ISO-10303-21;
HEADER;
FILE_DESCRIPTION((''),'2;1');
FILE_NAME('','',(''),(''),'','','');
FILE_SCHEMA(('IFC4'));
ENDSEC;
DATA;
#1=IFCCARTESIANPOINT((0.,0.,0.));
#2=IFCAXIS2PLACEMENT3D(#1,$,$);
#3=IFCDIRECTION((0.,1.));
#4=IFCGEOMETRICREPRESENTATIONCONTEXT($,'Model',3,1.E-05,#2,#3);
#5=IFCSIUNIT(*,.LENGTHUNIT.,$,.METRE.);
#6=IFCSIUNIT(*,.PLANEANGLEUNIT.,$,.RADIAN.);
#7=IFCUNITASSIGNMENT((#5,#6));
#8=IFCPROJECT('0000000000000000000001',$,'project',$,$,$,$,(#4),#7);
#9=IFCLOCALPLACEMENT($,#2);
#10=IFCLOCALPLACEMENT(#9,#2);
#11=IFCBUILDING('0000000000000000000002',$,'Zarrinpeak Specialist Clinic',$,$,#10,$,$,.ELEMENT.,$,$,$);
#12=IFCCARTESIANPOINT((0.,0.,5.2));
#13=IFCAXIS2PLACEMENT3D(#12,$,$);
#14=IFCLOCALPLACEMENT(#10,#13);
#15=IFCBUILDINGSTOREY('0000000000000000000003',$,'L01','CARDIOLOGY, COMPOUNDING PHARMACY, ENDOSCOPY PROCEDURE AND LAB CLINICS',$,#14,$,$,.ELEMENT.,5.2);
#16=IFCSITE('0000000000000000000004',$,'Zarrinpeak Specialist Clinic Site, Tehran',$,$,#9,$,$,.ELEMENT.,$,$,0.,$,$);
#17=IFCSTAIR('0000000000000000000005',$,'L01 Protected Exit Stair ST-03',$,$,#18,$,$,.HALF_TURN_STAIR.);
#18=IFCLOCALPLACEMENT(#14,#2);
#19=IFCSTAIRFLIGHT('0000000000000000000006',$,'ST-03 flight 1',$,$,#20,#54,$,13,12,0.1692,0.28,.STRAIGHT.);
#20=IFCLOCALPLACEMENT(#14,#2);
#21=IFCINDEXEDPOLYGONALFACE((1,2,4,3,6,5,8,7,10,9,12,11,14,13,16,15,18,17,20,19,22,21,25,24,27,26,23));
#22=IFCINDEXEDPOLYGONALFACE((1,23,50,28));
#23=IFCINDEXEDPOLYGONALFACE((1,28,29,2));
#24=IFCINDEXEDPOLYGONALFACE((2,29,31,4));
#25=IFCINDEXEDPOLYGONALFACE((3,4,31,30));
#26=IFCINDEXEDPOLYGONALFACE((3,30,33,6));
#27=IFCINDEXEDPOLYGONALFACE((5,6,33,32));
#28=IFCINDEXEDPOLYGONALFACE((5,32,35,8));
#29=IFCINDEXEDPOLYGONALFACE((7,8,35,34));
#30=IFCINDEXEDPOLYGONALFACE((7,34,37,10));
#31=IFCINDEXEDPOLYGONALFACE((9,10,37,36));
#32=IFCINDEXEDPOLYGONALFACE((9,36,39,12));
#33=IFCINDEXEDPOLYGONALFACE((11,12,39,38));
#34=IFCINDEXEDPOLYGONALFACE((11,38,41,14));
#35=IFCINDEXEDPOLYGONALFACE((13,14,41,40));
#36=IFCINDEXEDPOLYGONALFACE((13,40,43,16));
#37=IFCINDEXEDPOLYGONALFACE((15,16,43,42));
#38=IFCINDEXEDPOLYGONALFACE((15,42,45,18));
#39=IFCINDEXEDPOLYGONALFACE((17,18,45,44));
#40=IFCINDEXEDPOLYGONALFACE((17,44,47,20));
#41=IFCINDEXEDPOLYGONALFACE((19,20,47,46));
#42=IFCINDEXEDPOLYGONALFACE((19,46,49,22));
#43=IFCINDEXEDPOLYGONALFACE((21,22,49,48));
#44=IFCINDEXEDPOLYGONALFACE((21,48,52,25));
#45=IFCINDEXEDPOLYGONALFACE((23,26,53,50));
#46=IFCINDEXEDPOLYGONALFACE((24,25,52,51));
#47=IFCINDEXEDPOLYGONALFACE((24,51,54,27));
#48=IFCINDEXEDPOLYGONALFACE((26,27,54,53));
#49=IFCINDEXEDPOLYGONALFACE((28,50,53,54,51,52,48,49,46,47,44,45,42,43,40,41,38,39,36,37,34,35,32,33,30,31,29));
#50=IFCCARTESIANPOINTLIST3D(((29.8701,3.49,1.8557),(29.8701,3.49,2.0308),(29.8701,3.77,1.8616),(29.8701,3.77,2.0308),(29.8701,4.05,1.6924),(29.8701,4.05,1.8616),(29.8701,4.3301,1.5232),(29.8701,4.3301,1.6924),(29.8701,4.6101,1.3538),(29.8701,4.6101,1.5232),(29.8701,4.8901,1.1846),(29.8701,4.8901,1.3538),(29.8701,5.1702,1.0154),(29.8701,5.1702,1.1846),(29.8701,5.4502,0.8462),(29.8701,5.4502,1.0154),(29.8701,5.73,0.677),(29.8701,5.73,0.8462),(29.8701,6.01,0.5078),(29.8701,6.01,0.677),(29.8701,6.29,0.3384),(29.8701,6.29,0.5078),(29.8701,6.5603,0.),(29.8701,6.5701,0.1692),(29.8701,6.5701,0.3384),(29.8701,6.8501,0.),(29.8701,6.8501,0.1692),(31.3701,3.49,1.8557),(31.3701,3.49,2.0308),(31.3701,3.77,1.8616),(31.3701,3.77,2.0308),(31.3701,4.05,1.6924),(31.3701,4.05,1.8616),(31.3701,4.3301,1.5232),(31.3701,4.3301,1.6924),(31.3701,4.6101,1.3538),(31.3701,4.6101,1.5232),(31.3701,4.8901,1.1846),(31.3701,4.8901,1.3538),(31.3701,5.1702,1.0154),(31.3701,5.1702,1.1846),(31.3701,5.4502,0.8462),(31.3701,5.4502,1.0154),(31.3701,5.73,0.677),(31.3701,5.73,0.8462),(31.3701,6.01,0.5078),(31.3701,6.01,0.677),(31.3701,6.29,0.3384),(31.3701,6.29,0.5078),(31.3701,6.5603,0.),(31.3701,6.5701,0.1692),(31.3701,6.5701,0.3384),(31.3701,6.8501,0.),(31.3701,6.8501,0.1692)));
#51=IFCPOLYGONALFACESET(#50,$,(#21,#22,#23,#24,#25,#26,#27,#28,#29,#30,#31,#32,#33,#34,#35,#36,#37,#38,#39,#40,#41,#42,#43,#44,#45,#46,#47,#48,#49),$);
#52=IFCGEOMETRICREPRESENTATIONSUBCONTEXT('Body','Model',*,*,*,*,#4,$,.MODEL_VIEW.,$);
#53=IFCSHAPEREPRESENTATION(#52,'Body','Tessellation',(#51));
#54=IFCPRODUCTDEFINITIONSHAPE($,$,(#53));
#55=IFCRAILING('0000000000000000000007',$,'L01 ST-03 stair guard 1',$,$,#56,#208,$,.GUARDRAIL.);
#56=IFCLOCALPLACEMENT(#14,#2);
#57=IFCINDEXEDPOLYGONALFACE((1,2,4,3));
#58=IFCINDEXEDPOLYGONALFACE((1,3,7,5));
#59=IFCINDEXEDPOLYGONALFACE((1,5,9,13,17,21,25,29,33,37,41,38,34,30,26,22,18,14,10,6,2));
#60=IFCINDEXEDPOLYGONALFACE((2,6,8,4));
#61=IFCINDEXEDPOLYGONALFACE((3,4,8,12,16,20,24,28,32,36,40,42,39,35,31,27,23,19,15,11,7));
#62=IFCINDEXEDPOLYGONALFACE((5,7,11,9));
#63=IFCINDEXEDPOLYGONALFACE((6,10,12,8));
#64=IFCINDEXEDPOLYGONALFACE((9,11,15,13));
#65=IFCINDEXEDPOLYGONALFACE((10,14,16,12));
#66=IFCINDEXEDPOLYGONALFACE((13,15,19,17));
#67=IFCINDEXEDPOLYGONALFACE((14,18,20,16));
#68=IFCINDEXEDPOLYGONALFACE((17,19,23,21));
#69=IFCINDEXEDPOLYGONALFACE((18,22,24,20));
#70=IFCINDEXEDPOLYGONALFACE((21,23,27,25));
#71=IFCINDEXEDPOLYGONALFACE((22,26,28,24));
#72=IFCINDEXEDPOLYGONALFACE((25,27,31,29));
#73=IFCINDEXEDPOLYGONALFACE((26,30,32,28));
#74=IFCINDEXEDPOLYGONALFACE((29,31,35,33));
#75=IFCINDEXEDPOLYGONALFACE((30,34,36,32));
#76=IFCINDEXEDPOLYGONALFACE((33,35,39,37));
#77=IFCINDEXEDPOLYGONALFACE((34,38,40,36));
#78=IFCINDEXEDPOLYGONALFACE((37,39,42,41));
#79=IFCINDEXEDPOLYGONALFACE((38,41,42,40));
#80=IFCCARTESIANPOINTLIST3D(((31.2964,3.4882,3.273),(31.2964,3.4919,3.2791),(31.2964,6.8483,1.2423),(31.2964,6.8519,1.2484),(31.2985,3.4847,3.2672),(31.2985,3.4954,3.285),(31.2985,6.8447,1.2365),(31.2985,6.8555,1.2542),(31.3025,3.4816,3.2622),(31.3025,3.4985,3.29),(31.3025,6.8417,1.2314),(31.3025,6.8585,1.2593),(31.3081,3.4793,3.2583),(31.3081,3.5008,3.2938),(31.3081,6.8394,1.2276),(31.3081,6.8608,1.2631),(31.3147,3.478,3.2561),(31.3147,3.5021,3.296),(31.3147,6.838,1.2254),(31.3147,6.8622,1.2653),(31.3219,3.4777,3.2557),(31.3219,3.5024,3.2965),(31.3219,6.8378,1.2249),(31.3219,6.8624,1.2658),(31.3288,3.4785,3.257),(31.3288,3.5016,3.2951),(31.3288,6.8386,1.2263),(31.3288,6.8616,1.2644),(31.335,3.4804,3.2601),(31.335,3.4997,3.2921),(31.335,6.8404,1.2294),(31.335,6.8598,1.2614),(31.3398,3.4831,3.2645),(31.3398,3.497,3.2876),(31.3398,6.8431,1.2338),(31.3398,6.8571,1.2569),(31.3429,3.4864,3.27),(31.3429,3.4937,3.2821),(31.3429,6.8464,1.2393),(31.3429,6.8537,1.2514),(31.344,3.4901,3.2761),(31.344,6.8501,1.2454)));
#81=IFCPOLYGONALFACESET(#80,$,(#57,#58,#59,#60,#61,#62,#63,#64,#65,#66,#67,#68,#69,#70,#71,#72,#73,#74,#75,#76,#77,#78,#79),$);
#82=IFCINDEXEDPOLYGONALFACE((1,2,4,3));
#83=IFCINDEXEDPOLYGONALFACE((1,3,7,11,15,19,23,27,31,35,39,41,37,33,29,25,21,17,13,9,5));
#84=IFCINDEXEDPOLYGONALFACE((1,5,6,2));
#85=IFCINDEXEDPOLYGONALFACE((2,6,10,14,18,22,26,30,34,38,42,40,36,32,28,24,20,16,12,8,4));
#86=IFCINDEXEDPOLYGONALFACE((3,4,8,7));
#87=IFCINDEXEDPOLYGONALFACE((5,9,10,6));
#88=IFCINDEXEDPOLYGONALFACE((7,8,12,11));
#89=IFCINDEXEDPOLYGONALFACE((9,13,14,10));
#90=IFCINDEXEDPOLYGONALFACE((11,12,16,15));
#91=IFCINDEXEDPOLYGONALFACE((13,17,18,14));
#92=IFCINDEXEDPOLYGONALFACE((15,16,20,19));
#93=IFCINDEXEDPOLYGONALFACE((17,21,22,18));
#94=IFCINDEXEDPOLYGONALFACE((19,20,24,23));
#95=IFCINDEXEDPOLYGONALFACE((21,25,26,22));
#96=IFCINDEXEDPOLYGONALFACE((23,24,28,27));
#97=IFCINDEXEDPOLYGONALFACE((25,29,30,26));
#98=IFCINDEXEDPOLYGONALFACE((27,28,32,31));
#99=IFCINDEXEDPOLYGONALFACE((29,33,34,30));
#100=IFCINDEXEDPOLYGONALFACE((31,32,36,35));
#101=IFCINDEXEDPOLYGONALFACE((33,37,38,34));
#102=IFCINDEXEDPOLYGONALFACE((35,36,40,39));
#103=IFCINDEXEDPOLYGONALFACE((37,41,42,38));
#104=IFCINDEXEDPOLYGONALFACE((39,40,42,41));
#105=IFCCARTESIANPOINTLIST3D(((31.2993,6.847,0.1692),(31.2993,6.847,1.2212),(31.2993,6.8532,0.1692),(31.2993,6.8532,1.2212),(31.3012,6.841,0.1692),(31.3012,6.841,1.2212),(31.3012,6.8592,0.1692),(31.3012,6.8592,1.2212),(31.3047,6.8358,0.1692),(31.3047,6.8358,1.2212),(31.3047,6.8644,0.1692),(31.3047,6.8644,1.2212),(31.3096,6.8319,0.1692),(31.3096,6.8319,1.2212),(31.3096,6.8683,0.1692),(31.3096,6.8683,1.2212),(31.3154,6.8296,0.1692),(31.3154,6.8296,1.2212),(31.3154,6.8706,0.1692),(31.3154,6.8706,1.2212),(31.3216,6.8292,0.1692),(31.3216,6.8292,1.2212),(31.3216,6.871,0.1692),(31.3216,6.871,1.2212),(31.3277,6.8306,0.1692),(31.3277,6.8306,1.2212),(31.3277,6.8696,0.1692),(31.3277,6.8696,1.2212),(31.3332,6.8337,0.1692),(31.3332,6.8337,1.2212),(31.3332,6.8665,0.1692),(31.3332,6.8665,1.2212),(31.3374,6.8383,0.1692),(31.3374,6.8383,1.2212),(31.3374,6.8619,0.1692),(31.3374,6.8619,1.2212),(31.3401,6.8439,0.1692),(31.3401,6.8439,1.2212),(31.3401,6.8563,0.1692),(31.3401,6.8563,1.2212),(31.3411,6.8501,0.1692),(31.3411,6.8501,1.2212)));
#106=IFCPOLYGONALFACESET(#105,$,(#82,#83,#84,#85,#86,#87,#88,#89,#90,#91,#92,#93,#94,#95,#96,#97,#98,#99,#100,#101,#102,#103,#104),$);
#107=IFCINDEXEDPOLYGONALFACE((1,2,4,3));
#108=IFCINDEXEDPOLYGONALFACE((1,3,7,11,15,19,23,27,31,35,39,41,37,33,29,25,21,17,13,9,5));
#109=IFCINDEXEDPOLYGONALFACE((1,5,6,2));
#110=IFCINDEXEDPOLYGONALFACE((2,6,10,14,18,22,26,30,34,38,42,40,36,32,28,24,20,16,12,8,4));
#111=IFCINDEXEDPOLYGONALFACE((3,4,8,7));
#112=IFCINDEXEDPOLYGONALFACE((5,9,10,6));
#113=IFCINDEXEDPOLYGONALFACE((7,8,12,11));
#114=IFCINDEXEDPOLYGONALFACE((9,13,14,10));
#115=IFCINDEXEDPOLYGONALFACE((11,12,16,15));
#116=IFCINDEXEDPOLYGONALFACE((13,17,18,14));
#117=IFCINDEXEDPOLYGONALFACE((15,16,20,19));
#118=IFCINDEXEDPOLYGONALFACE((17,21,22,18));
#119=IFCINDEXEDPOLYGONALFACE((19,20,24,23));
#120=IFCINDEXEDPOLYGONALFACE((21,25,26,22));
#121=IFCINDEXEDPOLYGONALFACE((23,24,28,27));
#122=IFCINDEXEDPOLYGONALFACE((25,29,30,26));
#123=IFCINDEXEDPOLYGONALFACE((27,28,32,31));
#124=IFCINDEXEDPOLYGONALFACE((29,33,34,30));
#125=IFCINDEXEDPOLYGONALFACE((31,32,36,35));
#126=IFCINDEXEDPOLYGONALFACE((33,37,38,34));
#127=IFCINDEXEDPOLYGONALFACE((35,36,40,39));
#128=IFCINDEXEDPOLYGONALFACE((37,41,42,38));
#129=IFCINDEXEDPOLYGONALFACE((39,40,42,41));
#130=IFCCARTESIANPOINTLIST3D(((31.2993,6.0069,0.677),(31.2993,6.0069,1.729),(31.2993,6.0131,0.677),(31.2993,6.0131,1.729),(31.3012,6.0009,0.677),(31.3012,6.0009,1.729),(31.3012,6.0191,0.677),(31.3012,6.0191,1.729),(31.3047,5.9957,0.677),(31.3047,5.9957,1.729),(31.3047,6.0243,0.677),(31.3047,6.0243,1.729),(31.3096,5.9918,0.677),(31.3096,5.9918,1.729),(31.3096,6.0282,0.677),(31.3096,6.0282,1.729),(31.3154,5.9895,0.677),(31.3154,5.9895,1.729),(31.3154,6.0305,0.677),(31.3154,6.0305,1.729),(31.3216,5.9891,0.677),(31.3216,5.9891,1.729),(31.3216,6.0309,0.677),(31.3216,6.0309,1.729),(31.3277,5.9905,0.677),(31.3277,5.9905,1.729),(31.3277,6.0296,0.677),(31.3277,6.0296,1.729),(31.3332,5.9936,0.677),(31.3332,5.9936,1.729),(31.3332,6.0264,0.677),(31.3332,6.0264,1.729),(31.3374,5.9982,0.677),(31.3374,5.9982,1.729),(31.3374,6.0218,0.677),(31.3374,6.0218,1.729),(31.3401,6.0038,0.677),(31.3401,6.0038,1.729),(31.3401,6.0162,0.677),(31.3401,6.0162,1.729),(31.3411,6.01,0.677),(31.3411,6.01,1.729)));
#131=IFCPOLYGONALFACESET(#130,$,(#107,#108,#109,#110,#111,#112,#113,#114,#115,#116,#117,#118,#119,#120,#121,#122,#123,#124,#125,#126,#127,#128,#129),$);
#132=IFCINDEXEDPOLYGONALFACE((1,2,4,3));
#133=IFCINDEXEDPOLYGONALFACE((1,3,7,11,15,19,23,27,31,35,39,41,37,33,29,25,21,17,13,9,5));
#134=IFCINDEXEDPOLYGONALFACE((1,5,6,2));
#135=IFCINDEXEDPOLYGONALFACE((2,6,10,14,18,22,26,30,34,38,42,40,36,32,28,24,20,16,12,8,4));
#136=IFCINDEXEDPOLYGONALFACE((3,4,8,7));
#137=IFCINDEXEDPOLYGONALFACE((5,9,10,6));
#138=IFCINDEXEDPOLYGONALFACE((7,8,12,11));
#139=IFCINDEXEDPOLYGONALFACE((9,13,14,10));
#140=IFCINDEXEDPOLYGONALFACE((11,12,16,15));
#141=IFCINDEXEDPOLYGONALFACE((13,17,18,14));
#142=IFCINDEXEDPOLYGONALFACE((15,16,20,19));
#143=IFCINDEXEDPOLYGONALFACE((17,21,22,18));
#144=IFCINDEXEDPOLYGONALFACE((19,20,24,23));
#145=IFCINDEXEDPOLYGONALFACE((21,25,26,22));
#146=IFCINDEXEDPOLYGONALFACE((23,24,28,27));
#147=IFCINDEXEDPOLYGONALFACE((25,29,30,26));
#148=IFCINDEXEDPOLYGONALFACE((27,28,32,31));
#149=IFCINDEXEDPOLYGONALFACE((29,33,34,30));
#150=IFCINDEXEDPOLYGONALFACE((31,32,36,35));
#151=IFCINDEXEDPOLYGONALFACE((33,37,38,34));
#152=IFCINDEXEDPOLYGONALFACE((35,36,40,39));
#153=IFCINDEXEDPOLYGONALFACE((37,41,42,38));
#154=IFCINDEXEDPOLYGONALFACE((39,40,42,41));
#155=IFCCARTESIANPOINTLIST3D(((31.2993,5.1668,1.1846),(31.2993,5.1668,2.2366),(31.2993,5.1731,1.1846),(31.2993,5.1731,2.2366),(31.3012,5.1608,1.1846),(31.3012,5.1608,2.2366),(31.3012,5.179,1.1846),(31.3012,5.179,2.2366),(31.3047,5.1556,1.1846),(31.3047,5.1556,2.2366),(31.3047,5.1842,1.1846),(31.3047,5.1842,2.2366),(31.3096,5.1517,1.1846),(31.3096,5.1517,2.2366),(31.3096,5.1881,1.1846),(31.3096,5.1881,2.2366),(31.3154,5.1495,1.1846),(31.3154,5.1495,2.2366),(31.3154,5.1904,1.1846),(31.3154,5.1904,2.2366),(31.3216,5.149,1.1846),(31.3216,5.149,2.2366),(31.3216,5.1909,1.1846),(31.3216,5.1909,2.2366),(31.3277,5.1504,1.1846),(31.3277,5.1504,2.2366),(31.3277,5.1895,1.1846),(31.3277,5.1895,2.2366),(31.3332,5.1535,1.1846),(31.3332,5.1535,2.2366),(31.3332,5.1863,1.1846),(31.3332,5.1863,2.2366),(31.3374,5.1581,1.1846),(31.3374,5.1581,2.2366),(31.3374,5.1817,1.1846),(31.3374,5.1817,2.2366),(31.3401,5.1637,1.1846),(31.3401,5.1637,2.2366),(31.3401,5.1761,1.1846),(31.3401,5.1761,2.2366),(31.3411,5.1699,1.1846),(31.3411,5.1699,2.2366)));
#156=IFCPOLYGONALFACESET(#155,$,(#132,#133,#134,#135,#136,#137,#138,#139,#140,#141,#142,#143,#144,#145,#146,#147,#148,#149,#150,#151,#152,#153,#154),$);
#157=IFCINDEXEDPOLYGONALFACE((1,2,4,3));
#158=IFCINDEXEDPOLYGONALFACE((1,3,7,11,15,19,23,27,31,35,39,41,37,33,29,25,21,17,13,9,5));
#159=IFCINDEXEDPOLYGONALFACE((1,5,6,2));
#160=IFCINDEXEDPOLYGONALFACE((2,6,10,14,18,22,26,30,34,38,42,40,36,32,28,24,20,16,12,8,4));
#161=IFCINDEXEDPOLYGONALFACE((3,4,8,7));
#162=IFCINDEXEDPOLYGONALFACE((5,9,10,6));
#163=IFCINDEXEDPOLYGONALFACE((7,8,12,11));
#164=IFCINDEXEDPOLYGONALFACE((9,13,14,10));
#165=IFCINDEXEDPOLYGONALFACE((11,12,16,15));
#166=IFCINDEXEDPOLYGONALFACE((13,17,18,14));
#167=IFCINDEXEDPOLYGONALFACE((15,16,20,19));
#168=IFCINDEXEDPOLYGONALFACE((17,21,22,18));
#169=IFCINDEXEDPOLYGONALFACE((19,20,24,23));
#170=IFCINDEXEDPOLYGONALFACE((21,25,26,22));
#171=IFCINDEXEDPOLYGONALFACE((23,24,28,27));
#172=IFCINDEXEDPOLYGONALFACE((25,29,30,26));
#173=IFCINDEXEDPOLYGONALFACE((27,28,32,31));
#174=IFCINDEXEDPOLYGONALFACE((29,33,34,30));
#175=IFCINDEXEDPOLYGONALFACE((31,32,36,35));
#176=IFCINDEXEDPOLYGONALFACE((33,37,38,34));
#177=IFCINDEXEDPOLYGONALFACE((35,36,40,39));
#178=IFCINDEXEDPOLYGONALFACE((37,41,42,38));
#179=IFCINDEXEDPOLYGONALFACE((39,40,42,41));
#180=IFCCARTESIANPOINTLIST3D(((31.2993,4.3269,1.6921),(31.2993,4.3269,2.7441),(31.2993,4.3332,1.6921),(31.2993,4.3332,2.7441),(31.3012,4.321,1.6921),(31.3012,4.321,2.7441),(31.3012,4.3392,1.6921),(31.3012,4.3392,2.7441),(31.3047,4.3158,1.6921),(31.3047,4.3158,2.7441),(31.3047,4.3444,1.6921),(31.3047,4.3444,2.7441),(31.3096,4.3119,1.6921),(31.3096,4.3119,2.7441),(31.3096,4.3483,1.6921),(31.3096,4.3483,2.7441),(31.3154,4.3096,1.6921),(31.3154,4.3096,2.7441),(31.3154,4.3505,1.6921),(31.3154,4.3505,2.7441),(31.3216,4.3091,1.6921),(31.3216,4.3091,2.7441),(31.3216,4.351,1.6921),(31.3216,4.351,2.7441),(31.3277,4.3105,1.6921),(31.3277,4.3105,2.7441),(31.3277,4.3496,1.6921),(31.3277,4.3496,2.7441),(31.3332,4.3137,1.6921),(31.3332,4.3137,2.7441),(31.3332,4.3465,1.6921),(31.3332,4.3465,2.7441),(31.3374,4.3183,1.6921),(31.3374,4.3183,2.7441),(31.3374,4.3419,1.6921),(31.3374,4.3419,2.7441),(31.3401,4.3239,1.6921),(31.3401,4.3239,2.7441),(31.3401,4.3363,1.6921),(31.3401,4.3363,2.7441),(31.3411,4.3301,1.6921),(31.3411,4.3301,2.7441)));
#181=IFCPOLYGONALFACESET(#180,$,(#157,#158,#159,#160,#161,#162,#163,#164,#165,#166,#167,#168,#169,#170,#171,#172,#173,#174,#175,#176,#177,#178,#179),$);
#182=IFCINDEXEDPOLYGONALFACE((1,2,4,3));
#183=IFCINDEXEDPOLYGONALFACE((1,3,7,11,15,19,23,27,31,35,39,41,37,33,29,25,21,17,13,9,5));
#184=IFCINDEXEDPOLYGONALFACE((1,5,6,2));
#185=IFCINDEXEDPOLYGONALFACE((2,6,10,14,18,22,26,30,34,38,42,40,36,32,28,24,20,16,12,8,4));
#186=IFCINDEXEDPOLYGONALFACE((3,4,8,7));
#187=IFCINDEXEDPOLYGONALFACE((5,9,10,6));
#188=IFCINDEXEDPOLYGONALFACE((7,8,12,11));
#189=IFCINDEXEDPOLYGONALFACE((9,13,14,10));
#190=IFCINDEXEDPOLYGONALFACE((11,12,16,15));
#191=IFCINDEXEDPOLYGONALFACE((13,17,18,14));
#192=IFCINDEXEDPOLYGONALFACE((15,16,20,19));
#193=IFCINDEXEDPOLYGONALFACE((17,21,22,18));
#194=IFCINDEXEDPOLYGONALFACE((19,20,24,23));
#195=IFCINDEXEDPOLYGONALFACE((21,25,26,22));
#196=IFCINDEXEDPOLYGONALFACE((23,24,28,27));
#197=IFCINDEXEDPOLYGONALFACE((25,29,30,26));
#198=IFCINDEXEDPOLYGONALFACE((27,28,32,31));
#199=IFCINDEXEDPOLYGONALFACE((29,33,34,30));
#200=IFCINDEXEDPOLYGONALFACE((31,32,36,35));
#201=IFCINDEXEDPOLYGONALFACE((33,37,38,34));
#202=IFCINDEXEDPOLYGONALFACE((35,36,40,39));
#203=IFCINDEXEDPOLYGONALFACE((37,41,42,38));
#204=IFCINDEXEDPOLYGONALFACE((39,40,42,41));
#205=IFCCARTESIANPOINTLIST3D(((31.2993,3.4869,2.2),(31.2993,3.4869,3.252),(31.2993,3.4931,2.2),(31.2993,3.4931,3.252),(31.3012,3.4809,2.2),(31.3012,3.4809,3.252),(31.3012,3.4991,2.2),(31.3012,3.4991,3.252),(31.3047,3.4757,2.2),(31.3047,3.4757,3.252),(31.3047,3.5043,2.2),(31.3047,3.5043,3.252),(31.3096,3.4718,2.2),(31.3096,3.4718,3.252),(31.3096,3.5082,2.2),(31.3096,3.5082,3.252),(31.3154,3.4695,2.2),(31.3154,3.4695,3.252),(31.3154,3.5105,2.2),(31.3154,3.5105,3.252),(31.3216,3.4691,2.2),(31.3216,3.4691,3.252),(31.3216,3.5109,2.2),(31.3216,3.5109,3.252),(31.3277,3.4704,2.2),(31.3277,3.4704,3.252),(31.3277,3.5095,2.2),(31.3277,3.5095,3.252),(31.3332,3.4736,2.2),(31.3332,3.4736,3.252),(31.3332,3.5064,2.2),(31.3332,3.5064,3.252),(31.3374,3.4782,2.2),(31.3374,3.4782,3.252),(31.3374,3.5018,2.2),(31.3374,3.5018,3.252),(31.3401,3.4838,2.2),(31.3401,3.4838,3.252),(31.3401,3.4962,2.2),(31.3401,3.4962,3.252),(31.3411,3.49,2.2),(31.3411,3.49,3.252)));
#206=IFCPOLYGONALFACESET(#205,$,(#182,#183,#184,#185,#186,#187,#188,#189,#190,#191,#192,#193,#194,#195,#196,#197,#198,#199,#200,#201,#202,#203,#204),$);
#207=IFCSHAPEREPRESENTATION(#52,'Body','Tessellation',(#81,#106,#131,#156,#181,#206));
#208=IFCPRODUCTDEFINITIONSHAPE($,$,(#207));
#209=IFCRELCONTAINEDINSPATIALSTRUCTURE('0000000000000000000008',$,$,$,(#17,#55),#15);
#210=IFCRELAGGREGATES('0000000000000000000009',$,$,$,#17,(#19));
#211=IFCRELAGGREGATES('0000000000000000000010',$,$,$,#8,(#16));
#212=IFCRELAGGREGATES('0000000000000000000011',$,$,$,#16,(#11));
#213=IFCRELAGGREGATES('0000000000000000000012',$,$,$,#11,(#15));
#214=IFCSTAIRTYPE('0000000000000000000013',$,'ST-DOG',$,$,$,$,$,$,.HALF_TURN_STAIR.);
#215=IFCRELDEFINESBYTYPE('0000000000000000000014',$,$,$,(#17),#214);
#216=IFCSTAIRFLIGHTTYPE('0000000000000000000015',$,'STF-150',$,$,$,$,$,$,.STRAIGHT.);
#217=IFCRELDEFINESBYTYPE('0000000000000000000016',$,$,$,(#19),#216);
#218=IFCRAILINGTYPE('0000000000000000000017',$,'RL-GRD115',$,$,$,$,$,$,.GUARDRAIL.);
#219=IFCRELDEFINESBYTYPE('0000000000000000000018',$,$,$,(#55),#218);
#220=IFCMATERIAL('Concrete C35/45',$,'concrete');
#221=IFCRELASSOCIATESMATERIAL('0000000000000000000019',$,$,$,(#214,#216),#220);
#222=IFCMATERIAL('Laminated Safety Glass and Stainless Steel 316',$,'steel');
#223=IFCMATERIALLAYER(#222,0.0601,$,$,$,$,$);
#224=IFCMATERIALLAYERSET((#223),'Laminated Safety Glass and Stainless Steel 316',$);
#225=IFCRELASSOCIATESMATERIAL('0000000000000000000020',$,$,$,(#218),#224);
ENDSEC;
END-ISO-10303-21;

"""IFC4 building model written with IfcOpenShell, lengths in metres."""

from ifc_helpers import new_model, si_unit, direction, frame, origin, origin_2d, place, context, subcontext, project, spatial, polyline, circle, outline, extrude, material, layer, layer_set, type_object, element, aggregate, save


model = new_model("IFC4")

# Units and contexts
model_context = context("Model", 3, precision=1e-05, world=origin(), true_north=direction((0.0, 1.0)))
body_context = subcontext(model_context, "Body", "Model", "MODEL_VIEW")
ifc_project = project(units=[si_unit("LENGTHUNIT", "METRE"), si_unit("PLANEANGLEUNIT", "RADIAN")], contexts=[model_context])

# Site, building, storey
site_placement = place(None, origin())
site = spatial("IfcSite", under=ifc_project, at=site_placement, Name="Zarrinpeak Specialist Clinic Site, Tehran", CompositionType="ELEMENT", RefElevation=0.0)
building_placement = place(site_placement, origin())
building = spatial("IfcBuilding", under=site, at=building_placement, Name="Zarrinpeak Specialist Clinic", CompositionType="ELEMENT")
storey_placement = place(building_placement, frame((0.0, 0.0, 5.2)))
storey = spatial("IfcBuildingStorey", under=building, at=storey_placement, Name="L01", Description="CARDIOLOGY, COMPOUNDING PHARMACY, ENDOSCOPY PROCEDURE AND LAB CLINICS", CompositionType="ELEMENT", Elevation=5.2)

# Stair, stair flight
ifc_material_1 = material(Name="Concrete C35/45", Category="concrete")
stair_type = type_object("IfcStairType", Name="ST-DOG", PredefinedType="HALF_TURN_STAIR", material=ifc_material_1)
stair_placement = place(storey_placement, origin())
stair = element("IfcStair", 1, at=stair_placement, inside=storey, type_object=stair_type, Name="L01 Protected Exit Stair ST-03", PredefinedType="HALF_TURN_STAIR")
stair_flight_type = type_object("IfcStairFlightType", Name="STF-150", PredefinedType="STRAIGHT", material=ifc_material_1)
stair_flight_placement = place(storey_placement, frame((30.6201, 6.8501, 0.0), z_axis=(0.0, 0.0, 1.0), x_axis=(0.0, -1.0, 0.0)))
stair_flight = element("IfcStairFlight", 2, at=stair_flight_placement, type_object=stair_flight_type, Name="ST-03 flight 1", NumberOfRisers=13, NumberOfTreads=12, PredefinedType="STRAIGHT", RiserHeight=0.1692, TreadLength=0.28, context=body_context, shape_type="SweptSolid", body=[
    extrude(outline(polyline([(0.0, 0.0), (0.0, 0.1692), (0.28, 0.1692), (0.28, 0.3384), (0.5601, 0.3384), (0.5601, 0.5078), (0.8401, 0.5078), (0.8401, 0.677), (1.1201, 0.677), (1.1201, 0.8462), (1.3999, 0.8462), (1.3999, 1.0154), (1.6799, 1.0154), (1.6799, 1.1846), (1.96, 1.1846), (1.96, 1.3538), (2.24, 1.3538), (2.24, 1.5232), (2.52, 1.5232), (2.52, 1.6924), (2.8, 1.6924), (2.8, 1.8616), (3.0801, 1.8616), (3.0801, 2.0308), (3.3601, 2.0308), (3.3601, 2.2), (3.3601, 1.8557), (0.2898, 0.0), (0.0, 0.0)])), frame((0.0, 0.75, 0.0), z_axis=(0.0, -1.0, 0.0), x_axis=(1.0, 0.0, 0.0)), (0.0, 0.0, 1.0), 1.5),
])
aggregate(stair, [stair_flight])

# Railing
ifc_material_2 = material(Name="Laminated Safety Glass and Stainless Steel 316", Category="steel")
ifc_layer_1 = layer(ifc_material_2, 0.0601)
ifc_layer_set_1 = layer_set([ifc_layer_1], Name="Laminated Safety Glass and Stainless Steel 316")
railing_type_1 = type_object("IfcRailingType", Name="RL-GRD115", PredefinedType="GUARDRAIL", material=ifc_layer_set_1)
railing_1_placement = place(storey_placement, frame((31.3201, 6.8501, 0.1692)))
element("IfcRailing", 3, at=railing_1_placement, inside=storey, type_object=railing_type_1, Name="L01 ST-03 stair guard 1", PredefinedType="GUARDRAIL", context=body_context, shape_type="SweptSolid", body=[
    extrude(circle(Radius=0.0239, at=origin_2d()), frame((0.0, 0.0, 1.0762), z_axis=(0.0, -0.855837, 0.517246), x_axis=(1.0, 0.0, 0.0)), (0.0, 0.0, 1.0), 3.926),
    extrude(circle(Radius=0.021, at=origin_2d()), origin(), (0.0, 0.0, 1.0), 1.052),
    extrude(circle(Radius=0.021, at=origin_2d()), frame((0.0, -0.8401, 0.5078)), (0.0, 0.0, 1.0), 1.052),
    extrude(circle(Radius=0.021, at=origin_2d()), frame((0.0, -1.6802, 1.0154)), (0.0, 0.0, 1.0), 1.052),
    extrude(circle(Radius=0.021, at=origin_2d()), frame((0.0, -2.52, 1.5229)), (0.0, 0.0, 1.0), 1.052),
    extrude(circle(Radius=0.021, at=origin_2d()), frame((0.0, -3.3601, 2.0308)), (0.0, 0.0, 1.0), 1.052),
])

save(model, "model.ifc")
